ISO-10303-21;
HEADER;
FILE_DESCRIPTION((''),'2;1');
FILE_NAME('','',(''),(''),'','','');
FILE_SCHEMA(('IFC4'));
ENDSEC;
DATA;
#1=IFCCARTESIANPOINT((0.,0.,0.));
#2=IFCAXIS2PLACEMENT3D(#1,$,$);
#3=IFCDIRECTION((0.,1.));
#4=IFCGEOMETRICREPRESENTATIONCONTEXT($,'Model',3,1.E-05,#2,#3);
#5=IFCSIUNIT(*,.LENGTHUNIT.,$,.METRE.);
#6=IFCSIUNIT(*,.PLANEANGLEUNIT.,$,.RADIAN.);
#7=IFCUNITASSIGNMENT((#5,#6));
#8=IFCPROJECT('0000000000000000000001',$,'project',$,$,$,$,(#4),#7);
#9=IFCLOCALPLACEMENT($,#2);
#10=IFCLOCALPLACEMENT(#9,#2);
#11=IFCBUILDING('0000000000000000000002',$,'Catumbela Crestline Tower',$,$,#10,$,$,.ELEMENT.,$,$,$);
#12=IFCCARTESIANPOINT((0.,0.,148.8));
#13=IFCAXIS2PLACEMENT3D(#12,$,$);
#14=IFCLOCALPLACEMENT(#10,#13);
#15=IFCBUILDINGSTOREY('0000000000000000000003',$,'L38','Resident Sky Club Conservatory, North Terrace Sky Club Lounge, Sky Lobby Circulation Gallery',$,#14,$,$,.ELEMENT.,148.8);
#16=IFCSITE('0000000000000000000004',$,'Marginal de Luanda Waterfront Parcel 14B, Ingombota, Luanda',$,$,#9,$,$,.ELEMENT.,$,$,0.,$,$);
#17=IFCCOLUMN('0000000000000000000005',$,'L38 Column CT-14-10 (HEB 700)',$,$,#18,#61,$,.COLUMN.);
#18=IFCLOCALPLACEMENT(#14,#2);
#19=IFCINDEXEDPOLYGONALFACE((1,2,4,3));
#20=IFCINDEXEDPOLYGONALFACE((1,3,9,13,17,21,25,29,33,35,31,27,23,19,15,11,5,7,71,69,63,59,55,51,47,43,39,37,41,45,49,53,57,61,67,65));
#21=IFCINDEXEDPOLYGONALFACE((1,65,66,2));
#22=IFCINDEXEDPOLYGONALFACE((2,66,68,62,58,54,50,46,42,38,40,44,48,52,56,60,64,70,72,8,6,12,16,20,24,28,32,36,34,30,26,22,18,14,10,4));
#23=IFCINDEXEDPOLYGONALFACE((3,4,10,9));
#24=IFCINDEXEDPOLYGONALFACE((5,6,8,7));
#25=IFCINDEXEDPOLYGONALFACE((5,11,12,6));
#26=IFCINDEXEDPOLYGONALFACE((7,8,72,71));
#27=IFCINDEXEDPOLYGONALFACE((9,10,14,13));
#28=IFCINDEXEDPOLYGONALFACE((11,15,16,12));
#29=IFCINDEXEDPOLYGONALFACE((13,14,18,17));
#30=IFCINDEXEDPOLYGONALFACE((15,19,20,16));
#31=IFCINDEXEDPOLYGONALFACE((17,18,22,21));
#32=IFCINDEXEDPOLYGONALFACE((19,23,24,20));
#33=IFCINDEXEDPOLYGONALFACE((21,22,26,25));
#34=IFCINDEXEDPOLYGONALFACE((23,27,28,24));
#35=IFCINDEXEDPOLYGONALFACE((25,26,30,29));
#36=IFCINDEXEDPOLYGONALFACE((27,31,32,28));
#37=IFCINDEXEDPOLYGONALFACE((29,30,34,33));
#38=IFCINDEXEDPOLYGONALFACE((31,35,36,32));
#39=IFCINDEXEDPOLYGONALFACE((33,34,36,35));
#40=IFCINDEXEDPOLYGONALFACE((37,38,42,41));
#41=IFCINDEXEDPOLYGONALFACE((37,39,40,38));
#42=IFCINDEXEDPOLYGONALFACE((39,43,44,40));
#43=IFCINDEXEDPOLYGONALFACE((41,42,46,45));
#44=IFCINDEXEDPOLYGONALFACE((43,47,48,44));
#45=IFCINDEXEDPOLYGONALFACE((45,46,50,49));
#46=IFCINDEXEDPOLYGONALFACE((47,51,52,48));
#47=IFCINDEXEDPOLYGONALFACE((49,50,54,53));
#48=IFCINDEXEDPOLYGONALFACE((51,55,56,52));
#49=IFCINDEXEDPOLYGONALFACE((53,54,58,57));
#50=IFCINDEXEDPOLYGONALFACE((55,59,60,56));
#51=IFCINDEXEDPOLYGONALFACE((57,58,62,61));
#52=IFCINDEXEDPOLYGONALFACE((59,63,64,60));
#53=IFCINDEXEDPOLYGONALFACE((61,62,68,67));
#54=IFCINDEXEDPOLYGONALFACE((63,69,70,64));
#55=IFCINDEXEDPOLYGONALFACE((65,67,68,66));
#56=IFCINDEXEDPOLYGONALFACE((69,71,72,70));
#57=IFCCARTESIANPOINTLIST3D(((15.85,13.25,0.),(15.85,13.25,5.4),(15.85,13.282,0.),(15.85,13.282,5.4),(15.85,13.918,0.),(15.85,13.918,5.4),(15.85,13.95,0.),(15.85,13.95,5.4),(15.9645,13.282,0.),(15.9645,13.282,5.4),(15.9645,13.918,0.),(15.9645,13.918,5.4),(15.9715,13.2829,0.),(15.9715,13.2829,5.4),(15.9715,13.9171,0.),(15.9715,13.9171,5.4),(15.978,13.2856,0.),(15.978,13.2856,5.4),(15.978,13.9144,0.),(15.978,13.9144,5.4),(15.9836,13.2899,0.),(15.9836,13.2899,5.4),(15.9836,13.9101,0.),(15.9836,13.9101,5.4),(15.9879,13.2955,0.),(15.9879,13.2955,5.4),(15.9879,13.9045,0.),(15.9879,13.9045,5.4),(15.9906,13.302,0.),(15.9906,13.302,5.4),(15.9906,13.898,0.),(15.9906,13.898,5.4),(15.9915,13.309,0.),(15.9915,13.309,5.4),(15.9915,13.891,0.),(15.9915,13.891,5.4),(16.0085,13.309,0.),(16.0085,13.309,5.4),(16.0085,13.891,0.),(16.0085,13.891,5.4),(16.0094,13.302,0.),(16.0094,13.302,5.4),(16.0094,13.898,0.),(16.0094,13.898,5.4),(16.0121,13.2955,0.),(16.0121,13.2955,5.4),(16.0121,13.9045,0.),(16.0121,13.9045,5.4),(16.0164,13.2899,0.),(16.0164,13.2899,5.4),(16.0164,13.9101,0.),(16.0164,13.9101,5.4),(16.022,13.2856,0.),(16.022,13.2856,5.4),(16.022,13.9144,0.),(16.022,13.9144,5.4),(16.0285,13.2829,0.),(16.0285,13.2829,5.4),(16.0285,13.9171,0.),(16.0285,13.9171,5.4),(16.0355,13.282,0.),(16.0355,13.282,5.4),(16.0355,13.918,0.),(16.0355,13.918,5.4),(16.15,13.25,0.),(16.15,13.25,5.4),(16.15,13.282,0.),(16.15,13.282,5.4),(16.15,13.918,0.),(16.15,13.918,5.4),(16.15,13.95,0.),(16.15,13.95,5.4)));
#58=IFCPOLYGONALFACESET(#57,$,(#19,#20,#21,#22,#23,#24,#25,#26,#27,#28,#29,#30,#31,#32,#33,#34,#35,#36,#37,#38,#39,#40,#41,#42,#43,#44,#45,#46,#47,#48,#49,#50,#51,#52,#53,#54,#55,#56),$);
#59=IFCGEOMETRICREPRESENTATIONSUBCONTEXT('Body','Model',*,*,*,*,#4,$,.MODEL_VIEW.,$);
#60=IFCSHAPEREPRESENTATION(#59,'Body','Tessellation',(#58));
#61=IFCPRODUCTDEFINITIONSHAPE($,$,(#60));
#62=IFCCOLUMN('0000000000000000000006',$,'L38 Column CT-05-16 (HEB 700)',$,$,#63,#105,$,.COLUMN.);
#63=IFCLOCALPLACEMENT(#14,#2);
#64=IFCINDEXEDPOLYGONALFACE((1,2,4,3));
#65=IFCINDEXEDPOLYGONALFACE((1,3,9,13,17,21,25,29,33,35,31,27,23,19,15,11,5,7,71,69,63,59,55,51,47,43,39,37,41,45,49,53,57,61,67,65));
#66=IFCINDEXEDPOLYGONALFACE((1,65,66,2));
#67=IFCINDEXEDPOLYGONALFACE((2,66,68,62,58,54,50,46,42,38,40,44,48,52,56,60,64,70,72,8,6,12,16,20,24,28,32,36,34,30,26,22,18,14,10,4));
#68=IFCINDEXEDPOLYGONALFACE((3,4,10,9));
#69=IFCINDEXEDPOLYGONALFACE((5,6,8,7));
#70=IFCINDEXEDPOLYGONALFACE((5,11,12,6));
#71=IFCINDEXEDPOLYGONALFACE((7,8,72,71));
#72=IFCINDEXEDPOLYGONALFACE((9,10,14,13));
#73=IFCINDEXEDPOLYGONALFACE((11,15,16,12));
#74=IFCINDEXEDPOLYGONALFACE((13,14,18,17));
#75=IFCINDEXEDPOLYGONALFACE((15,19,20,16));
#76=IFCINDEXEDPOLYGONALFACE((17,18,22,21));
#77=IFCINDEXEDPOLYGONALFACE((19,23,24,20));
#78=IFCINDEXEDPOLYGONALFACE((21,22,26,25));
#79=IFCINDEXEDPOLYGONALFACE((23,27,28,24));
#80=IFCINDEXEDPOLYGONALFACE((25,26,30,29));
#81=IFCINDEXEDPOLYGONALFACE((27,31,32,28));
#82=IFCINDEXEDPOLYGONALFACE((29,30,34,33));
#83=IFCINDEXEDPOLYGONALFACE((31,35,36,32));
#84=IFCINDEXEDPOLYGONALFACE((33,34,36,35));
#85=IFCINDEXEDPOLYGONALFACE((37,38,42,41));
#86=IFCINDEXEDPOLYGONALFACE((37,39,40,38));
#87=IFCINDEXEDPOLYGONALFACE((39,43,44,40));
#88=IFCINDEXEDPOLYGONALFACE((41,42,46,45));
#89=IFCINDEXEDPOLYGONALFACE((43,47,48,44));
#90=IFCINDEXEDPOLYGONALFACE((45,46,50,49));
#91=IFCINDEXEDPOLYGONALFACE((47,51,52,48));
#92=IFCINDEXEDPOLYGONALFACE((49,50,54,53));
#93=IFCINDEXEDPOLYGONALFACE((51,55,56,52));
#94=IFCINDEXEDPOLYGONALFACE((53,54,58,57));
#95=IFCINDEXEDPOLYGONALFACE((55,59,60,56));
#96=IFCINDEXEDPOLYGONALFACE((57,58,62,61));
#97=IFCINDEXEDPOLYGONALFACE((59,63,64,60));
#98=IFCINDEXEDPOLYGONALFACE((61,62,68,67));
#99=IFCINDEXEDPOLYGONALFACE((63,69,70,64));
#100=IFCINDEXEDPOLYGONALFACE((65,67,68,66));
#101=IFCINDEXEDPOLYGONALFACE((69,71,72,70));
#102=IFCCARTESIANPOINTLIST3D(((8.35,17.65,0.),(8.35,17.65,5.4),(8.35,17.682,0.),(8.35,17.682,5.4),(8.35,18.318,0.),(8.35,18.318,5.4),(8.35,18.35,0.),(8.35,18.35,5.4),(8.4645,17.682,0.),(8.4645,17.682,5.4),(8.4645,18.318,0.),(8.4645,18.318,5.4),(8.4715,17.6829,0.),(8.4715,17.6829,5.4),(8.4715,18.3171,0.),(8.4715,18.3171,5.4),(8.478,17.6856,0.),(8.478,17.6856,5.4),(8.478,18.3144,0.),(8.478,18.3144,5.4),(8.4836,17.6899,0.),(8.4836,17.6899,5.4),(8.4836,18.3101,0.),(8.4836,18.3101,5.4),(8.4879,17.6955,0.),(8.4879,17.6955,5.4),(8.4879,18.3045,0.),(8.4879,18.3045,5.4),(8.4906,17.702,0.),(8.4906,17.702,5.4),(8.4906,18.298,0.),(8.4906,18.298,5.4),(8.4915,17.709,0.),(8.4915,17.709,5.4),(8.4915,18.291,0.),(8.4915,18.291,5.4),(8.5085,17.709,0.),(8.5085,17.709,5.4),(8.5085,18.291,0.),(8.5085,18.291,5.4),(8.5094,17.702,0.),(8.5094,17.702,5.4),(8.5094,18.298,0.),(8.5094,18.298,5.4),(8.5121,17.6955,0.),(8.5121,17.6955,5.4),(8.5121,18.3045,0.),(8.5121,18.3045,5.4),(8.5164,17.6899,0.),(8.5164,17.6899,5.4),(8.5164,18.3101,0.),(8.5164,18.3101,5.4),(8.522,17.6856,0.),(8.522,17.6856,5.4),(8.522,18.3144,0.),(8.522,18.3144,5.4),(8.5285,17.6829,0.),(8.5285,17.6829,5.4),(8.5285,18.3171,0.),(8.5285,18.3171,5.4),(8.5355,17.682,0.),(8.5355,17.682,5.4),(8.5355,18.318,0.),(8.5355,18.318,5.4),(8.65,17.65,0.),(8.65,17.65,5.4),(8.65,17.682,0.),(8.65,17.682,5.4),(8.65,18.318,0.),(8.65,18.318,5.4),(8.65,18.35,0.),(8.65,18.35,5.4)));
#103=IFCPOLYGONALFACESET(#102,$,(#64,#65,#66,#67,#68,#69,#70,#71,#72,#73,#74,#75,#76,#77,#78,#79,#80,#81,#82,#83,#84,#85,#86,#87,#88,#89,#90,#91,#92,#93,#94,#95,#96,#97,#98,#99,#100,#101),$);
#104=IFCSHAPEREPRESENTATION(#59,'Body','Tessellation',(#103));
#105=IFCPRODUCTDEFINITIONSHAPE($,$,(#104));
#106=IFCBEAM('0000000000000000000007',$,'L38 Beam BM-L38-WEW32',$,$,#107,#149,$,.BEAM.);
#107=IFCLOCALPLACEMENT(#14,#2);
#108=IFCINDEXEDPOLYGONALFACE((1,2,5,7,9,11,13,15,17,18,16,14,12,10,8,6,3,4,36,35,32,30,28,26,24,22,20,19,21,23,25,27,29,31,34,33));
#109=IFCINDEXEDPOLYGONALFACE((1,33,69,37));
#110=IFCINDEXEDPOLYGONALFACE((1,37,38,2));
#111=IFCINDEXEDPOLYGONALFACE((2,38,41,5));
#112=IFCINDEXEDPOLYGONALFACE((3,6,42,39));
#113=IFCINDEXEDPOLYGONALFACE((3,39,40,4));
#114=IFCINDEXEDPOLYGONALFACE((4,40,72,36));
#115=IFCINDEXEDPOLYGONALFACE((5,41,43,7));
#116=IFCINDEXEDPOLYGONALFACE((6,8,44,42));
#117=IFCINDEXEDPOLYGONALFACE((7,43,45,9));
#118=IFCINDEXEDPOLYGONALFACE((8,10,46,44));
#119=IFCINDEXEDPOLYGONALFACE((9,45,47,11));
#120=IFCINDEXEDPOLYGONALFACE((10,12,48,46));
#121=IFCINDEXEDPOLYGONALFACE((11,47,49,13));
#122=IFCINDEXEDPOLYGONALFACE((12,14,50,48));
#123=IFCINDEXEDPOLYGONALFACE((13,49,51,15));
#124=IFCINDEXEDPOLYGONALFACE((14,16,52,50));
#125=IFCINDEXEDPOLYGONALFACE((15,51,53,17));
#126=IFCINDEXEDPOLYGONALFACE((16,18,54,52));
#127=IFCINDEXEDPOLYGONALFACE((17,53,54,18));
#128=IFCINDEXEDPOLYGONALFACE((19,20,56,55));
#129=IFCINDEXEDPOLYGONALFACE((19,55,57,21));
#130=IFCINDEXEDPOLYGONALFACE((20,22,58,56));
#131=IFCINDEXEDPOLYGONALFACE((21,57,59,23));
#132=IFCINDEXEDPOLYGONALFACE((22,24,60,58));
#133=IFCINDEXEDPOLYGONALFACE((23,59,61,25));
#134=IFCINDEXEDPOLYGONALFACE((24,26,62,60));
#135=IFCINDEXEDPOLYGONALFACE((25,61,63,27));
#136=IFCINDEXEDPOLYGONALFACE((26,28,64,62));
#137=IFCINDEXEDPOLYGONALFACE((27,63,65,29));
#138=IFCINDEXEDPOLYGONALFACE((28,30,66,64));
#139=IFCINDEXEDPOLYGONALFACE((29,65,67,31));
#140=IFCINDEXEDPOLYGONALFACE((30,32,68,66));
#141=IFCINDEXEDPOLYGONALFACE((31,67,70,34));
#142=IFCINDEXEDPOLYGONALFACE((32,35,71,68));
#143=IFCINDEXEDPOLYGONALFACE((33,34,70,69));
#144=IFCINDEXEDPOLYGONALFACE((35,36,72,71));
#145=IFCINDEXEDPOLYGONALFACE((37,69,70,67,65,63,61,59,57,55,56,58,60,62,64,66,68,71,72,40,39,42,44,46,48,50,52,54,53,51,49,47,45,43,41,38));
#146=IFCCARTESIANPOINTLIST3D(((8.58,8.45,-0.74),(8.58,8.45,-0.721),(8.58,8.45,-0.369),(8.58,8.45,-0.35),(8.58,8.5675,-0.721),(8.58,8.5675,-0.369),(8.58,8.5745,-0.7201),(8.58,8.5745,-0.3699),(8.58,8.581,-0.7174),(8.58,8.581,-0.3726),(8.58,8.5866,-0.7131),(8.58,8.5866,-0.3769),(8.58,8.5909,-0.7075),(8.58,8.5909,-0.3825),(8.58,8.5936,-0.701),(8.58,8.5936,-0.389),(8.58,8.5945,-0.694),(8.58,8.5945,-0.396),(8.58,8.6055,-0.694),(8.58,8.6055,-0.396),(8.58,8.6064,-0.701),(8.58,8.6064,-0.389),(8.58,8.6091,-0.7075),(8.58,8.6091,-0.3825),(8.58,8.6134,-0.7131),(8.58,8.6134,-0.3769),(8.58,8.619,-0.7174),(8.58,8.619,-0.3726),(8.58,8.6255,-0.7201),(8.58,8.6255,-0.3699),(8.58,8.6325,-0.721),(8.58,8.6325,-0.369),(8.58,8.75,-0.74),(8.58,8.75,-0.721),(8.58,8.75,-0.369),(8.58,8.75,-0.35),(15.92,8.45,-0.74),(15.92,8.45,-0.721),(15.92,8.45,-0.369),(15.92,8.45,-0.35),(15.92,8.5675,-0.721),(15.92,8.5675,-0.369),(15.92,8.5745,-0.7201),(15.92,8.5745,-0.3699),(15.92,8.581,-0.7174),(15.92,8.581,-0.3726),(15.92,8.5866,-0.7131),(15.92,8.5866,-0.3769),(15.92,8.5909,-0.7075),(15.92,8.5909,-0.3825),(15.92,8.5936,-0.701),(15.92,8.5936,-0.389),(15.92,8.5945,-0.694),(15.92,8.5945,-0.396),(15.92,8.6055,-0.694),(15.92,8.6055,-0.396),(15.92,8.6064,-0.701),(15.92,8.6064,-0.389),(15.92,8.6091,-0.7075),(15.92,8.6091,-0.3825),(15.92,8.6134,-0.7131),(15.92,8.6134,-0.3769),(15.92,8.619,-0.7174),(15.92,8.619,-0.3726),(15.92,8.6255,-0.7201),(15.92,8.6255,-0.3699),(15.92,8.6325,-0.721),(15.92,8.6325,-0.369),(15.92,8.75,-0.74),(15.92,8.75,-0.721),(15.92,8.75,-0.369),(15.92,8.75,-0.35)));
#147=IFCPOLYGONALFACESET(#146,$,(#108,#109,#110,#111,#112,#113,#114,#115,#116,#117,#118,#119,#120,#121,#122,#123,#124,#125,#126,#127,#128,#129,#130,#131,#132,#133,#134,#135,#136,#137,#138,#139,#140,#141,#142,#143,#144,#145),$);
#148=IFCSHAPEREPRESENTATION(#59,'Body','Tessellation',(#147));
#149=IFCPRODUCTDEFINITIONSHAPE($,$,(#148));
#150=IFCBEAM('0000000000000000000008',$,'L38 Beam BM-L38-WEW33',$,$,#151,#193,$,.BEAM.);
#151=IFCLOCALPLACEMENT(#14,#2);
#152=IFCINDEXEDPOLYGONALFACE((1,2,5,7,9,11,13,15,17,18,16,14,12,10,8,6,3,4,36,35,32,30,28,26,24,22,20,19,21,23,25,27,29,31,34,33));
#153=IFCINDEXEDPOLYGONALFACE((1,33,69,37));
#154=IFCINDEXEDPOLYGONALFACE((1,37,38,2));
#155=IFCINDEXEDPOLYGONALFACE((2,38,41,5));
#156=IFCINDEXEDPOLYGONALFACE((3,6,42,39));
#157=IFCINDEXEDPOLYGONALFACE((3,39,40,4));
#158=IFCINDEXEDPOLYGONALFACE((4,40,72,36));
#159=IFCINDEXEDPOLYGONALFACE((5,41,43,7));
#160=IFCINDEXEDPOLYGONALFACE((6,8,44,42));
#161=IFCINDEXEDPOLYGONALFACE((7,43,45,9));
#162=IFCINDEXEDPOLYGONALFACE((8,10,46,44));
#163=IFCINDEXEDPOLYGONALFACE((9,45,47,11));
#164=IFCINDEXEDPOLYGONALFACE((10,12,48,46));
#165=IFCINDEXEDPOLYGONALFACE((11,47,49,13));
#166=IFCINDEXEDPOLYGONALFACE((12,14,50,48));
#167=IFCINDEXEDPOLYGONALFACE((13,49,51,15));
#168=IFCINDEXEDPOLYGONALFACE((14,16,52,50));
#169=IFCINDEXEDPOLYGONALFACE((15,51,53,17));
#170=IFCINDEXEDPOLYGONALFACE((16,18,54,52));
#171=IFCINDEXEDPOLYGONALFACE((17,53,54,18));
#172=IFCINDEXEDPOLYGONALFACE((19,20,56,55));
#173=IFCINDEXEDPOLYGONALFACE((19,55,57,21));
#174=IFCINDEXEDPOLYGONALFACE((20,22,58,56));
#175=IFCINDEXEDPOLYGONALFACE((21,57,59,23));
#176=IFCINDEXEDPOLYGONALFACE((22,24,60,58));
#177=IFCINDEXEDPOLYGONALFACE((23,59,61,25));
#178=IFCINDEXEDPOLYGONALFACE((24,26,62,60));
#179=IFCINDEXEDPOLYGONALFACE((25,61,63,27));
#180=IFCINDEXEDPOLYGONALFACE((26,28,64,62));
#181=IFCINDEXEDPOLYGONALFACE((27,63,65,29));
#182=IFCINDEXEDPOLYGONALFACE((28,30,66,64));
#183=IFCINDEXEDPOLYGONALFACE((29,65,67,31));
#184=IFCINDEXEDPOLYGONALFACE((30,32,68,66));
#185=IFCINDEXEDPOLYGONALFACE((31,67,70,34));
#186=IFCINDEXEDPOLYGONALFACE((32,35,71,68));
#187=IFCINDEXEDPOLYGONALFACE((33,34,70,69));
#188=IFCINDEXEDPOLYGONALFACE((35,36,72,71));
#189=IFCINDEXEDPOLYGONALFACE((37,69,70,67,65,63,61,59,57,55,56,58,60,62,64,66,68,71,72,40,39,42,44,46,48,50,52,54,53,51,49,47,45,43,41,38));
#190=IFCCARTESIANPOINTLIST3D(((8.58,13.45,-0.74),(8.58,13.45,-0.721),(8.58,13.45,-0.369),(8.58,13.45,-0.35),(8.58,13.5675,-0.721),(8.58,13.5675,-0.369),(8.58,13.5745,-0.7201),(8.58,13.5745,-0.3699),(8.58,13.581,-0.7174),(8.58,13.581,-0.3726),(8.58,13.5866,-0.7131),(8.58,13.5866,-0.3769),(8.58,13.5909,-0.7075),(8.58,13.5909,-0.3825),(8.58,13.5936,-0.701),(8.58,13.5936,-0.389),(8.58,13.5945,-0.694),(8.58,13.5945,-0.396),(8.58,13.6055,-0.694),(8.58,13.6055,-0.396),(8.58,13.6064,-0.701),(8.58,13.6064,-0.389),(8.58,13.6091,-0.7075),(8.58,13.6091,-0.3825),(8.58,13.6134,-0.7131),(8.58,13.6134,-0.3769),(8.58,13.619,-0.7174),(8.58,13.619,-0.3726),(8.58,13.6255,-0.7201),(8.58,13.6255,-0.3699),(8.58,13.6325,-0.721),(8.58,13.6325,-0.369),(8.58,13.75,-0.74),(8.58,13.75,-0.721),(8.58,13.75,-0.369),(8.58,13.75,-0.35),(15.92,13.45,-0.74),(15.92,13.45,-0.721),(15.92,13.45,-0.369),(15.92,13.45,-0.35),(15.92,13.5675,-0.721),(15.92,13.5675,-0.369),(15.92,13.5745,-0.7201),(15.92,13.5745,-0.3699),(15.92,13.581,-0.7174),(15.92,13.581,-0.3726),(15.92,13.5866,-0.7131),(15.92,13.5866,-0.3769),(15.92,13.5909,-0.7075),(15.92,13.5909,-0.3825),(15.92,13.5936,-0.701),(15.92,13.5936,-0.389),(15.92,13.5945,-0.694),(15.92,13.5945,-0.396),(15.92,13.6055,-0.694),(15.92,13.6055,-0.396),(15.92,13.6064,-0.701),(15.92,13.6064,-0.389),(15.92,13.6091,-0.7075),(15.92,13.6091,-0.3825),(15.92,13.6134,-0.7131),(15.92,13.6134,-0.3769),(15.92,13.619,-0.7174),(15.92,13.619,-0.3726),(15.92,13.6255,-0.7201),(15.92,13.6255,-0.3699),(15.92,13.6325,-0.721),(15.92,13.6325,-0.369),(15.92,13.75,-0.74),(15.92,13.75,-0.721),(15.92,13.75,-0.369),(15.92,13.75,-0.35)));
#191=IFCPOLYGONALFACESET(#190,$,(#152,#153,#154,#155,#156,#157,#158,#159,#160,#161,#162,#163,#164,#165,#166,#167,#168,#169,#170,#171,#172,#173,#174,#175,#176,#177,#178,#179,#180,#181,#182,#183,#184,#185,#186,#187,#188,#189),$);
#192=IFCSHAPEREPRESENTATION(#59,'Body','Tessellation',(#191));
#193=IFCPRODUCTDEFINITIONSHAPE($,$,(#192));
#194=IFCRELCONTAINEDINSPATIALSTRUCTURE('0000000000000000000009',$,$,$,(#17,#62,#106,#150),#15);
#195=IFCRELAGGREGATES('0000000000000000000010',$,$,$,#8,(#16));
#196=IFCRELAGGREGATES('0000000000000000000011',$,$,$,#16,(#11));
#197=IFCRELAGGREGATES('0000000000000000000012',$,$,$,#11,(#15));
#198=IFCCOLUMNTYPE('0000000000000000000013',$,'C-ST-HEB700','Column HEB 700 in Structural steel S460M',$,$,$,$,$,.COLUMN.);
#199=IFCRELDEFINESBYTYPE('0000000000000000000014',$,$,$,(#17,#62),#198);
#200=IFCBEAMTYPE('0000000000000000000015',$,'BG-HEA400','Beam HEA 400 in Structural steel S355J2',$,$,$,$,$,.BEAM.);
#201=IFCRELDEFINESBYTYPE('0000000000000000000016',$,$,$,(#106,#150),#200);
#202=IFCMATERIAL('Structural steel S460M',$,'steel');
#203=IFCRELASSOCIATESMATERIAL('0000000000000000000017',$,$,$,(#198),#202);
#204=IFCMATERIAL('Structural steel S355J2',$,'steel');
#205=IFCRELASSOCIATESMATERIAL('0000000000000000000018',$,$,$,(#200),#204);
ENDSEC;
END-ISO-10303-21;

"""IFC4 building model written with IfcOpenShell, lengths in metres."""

from ifc_helpers import new_model, si_unit, direction, frame, origin, origin_2d, place, context, subcontext, project, spatial, i_section, extrude, material, material_profile, profile_set, type_object, element, save


model = new_model("IFC4")

# Units and contexts
model_context = context("Model", 3, precision=1e-05, world=origin(), true_north=direction((0.0, 1.0)))
body_context = subcontext(model_context, "Body", "Model", "MODEL_VIEW")
ifc_project = project(units=[si_unit("LENGTHUNIT", "METRE"), si_unit("PLANEANGLEUNIT", "RADIAN")], contexts=[model_context])

# Site, building, storey
site_placement = place(None, origin())
site = spatial("IfcSite", under=ifc_project, at=site_placement, Name="Marginal de Luanda Waterfront Parcel 14B, Ingombota, Luanda", CompositionType="ELEMENT", RefElevation=0.0)
building_placement = place(site_placement, origin())
building = spatial("IfcBuilding", under=site, at=building_placement, Name="Catumbela Crestline Tower", CompositionType="ELEMENT")
storey_placement = place(building_placement, frame((0.0, 0.0, 148.8)))
storey = spatial("IfcBuildingStorey", under=building, at=storey_placement, Name="L38", Description="Resident Sky Club Conservatory, North Terrace Sky Club Lounge, Sky Lobby Circulation Gallery", CompositionType="ELEMENT", Elevation=148.8)

# Columns
ifc_material_1 = material(Name="Structural steel S460M", Category="steel")
ifc_material_profile_1 = material_profile(ifc_material_1, i_section(OverallWidth=0.3, OverallDepth=0.7, WebThickness=0.017, FlangeThickness=0.032, FilletRadius=0.027, at=origin_2d()), Name="HEB 700")
ifc_profile_set_1 = profile_set([ifc_material_profile_1], Name="Structural steel S460M")
column_type_1 = type_object("IfcColumnType", Name="C-ST-HEB700", Description="Column HEB 700 in Structural steel S460M", PredefinedType="COLUMN", material=ifc_profile_set_1)
for number, where, z_axis, x_axis, name in (
    (1, (16.0, 13.6, 0.0), (0.0, 0.0, 1.0), (1.0, 0.0, 0.0), "L38 Column CT-14-10 (HEB 700)"),
    (2, (8.5, 18.0, 0.0), (0.0, 0.0, 1.0), (1.0, 0.0, 0.0), "L38 Column CT-05-16 (HEB 700)"),
):
    element("IfcColumn", number, at=place(storey_placement, frame(where, z_axis=z_axis, x_axis=x_axis)), inside=storey, type_object=column_type_1, Name=name, PredefinedType="COLUMN", context=body_context, shape_type="SweptSolid", body=[
        extrude(i_section(OverallWidth=0.3, OverallDepth=0.7, WebThickness=0.017, FlangeThickness=0.032, FilletRadius=0.027, at=origin_2d()), origin(), (0.0, 0.0, 1.0), 5.4),
    ])

# Beams
ifc_material_2 = material(Name="Structural steel S355J2", Category="steel")
ifc_material_profile_2 = material_profile(ifc_material_2, i_section(OverallWidth=0.3, OverallDepth=0.39, WebThickness=0.011, FlangeThickness=0.019, FilletRadius=0.027, at=origin_2d()), Name="HEA 400")
ifc_profile_set_2 = profile_set([ifc_material_profile_2], Name="Structural steel S355J2")
beam_type_1 = type_object("IfcBeamType", Name="BG-HEA400", Description="Beam HEA 400 in Structural steel S355J2", PredefinedType="BEAM", material=ifc_profile_set_2)
for number, where, z_axis, x_axis, name in (
    (3, (8.58, 8.6, -0.545), (1.0, 0.0, 0.0), (0.0, 1.0, 0.0), "L38 Beam BM-L38-WEW32"),
    (4, (8.58, 13.6, -0.545), (1.0, 0.0, 0.0), (0.0, 1.0, 0.0), "L38 Beam BM-L38-WEW33"),
):
    element("IfcBeam", number, at=place(storey_placement, frame(where, z_axis=z_axis, x_axis=x_axis)), inside=storey, type_object=beam_type_1, Name=name, PredefinedType="BEAM", context=body_context, shape_type="SweptSolid", body=[
        extrude(i_section(OverallWidth=0.3, OverallDepth=0.39, WebThickness=0.011, FlangeThickness=0.019, FilletRadius=0.027, at=origin_2d()), origin(), (0.0, 0.0, 1.0), 7.34),
    ])

save(model, "model.ifc")
